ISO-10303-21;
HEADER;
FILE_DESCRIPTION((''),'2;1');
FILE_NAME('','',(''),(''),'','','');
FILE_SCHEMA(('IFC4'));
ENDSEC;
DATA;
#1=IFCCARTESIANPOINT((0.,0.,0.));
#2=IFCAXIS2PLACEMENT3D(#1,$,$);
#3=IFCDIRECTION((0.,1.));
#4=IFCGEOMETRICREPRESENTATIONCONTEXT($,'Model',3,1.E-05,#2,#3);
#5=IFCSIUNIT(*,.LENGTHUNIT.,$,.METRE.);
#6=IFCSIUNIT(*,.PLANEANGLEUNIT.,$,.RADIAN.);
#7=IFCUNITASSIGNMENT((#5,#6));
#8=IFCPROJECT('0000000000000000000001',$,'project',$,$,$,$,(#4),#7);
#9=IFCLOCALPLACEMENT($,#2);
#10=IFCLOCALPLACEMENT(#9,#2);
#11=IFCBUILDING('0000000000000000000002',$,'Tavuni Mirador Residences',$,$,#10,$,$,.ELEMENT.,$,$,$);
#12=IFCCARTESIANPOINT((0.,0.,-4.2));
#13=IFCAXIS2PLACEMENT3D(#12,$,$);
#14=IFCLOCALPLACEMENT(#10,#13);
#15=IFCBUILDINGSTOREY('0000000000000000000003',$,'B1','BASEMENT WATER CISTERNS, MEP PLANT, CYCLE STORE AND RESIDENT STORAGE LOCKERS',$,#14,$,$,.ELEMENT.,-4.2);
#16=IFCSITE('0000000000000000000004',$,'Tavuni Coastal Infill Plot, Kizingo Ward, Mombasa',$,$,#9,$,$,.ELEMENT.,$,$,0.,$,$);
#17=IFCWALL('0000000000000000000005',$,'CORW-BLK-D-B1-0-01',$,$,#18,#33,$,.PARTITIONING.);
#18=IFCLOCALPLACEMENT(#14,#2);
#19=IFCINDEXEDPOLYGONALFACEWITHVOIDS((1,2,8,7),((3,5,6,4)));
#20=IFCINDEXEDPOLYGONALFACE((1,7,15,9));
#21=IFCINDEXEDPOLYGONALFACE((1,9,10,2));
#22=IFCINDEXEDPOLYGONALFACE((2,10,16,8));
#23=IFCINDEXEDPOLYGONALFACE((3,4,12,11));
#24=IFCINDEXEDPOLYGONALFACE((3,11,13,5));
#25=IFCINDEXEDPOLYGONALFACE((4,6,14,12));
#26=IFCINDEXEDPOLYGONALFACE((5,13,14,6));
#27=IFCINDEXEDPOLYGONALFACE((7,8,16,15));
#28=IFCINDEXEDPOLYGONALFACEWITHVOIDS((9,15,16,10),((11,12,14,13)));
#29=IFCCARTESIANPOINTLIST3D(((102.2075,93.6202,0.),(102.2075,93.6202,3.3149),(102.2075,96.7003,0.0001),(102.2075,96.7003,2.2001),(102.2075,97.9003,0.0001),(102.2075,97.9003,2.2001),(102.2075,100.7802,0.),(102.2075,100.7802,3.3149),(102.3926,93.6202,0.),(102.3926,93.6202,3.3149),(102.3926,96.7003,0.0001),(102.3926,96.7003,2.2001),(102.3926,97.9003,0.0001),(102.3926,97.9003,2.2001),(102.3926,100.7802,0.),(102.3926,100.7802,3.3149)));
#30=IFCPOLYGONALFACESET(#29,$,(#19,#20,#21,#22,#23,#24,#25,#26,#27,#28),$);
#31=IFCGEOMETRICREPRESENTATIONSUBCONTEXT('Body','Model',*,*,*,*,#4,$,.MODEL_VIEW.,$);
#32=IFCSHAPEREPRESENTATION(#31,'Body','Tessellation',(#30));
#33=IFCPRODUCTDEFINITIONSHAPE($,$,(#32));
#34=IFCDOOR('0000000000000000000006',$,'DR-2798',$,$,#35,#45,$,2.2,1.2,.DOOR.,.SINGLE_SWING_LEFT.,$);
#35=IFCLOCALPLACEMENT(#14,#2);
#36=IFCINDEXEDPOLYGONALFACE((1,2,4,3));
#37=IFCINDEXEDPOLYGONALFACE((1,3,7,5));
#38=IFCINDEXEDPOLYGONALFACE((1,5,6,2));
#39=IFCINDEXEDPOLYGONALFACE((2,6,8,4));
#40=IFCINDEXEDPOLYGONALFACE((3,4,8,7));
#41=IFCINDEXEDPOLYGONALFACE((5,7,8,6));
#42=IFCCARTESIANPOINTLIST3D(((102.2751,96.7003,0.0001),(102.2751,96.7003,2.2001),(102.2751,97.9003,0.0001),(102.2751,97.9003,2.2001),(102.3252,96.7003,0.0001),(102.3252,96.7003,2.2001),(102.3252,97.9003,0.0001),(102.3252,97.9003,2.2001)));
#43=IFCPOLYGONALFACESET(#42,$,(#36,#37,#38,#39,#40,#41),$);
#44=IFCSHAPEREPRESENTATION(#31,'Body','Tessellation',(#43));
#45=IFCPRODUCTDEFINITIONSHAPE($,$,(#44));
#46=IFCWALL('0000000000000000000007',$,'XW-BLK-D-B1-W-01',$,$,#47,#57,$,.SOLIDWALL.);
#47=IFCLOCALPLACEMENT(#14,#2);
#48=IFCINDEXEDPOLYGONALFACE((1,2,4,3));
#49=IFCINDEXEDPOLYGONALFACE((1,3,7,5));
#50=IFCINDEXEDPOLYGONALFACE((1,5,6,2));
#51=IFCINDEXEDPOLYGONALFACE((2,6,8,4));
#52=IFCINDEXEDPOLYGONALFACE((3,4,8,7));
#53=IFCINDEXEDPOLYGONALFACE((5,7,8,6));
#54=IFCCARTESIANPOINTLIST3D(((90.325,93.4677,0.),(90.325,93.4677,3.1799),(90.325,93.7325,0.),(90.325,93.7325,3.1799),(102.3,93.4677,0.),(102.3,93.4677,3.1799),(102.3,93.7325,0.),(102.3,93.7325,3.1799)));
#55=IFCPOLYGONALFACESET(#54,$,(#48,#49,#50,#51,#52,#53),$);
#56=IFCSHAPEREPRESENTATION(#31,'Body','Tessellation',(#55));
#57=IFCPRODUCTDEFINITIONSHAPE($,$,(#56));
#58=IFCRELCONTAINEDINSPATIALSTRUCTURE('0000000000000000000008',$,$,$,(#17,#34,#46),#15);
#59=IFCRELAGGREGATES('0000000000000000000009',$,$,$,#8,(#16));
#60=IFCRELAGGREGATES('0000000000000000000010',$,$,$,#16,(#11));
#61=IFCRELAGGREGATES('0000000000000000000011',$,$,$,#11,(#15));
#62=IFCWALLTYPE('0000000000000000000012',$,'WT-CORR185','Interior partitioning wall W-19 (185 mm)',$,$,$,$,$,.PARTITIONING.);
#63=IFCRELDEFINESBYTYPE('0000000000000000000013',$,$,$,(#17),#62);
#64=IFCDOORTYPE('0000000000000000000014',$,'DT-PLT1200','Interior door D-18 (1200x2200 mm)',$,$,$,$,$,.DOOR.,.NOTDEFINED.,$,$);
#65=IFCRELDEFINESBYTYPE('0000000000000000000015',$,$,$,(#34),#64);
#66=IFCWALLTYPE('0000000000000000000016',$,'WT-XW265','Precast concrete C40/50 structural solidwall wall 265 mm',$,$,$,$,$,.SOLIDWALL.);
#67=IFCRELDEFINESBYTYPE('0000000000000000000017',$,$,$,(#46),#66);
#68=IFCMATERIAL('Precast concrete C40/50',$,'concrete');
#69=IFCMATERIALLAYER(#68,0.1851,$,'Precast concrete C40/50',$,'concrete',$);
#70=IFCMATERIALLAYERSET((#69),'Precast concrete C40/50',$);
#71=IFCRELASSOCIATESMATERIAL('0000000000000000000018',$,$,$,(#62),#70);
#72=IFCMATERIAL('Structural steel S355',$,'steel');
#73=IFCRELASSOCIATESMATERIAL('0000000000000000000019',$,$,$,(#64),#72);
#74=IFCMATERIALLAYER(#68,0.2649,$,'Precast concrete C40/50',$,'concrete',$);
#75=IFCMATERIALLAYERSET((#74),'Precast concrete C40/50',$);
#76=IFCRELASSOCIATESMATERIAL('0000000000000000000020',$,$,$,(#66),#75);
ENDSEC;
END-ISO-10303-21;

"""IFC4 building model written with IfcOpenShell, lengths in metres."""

from ifc_helpers import new_model, si_unit, direction, frame, frame_2d, origin, place, context, subcontext, project, spatial, rectangle, extrude, material, layer, layer_set, type_object, element, fill, save


model = new_model("IFC4")

# Units and contexts
model_context = context("Model", 3, precision=1e-05, world=origin(), true_north=direction((0.0, 1.0)))
body_context = subcontext(model_context, "Body", "Model", "MODEL_VIEW")
ifc_project = project(units=[si_unit("LENGTHUNIT", "METRE"), si_unit("PLANEANGLEUNIT", "RADIAN")], contexts=[model_context])

# Site, building, storey
site_placement = place(None, origin())
site = spatial("IfcSite", under=ifc_project, at=site_placement, Name="Tavuni Coastal Infill Plot, Kizingo Ward, Mombasa", CompositionType="ELEMENT", RefElevation=0.0)
building_placement = place(site_placement, origin())
building = spatial("IfcBuilding", under=site, at=building_placement, Name="Tavuni Mirador Residences", CompositionType="ELEMENT")
storey_placement = place(building_placement, frame((0.0, 0.0, -4.2)))
storey = spatial("IfcBuildingStorey", under=building, at=storey_placement, Name="B1", Description="BASEMENT WATER CISTERNS, MEP PLANT, CYCLE STORE AND RESIDENT STORAGE LOCKERS", CompositionType="ELEMENT", Elevation=-4.2)

# Shared definitions
ifc_material_1 = material(Name="Precast concrete C40/50", Category="concrete")

# Wall, opening, door
ifc_layer_1 = layer(ifc_material_1, 0.1851, Name="Precast concrete C40/50", Category="concrete")
ifc_layer_set_1 = layer_set([ifc_layer_1], Name="Precast concrete C40/50")
wall_type_1 = type_object("IfcWallType", Name="WT-CORR185", Description="Interior partitioning wall W-19 (185 mm)", PredefinedType="PARTITIONING", material=ifc_layer_set_1)
wall_1_placement = place(storey_placement, frame((102.3, 93.6201, 0.0), z_axis=(0.0, 0.0, 1.0), x_axis=(0.0, 1.0, 0.0)))
wall_1 = element("IfcWall", 1, at=wall_1_placement, inside=storey, type_object=wall_type_1, Name="CORW-BLK-D-B1-0-01", PredefinedType="PARTITIONING", context=body_context, shape_type="SweptSolid", body=[
    extrude(rectangle(XDim=7.1599, YDim=0.1851, at=frame_2d((3.5801, 0.0))), origin(), (0.0, 0.0, 1.0), 3.3149),
])
opening_1_placement = place(wall_1_placement, frame((3.0801, 0.0, 0.0)))
opening_1 = element("IfcOpeningElement", 2, at=opening_1_placement, cuts=wall_1, PredefinedType="OPENING", context=body_context, shape_type="SweptSolid", body=[
    extrude(rectangle(XDim=1.2, YDim=2.2, at=frame_2d((0.6001, 1.1001))), frame((0.0, 0.1025, 0.0), z_axis=(0.0, -1.0, 0.0), x_axis=(1.0, 0.0, 0.0)), (0.0, 0.0, 1.0), 0.2051),
])
ifc_material_2 = material(Name="Structural steel S355", Category="steel")
door_type_1 = type_object("IfcDoorType", Name="DT-PLT1200", Description="Interior door D-18 (1200x2200 mm)", OperationType="NOTDEFINED", PredefinedType="DOOR", material=ifc_material_2)
door_1_placement = place(opening_1_placement, origin())
door_1 = element("IfcDoor", 3, at=door_1_placement, inside=storey, type_object=door_type_1, Name="DR-2798", OperationType="SINGLE_SWING_LEFT", OverallHeight=2.2, OverallWidth=1.2, PredefinedType="DOOR", context=body_context, shape_type="SweptSolid", body=[
    extrude(rectangle(XDim=1.2, YDim=2.2, at=frame_2d((0.6001, 1.1001))), frame((0.0, 0.0249, 0.0), z_axis=(0.0, -1.0, 0.0), x_axis=(1.0, 0.0, 0.0)), (0.0, 0.0, 1.0), 0.05),
])
fill(opening_1, door_1)

# Wall
ifc_layer_2 = layer(ifc_material_1, 0.2649, Name="Precast concrete C40/50", Category="concrete")
ifc_layer_set_2 = layer_set([ifc_layer_2], Name="Precast concrete C40/50")
wall_type_2 = type_object("IfcWallType", Name="WT-XW265", Description="Precast concrete C40/50 structural solidwall wall 265 mm", PredefinedType="SOLIDWALL", material=ifc_layer_set_2)
wall_2_placement = place(storey_placement, frame((90.325, 93.6001, 0.0), z_axis=(0.0, 0.0, 1.0), x_axis=(1.0, 0.0, 0.0)))
element("IfcWall", 4, at=wall_2_placement, inside=storey, type_object=wall_type_2, Name="XW-BLK-D-B1-W-01", PredefinedType="SOLIDWALL", context=body_context, shape_type="SweptSolid", body=[
    extrude(rectangle(XDim=11.9751, YDim=0.2649, at=frame_2d((5.9875, 0.0))), origin(), (0.0, 0.0, 1.0), 3.1799),
])

save(model, "model.ifc")
